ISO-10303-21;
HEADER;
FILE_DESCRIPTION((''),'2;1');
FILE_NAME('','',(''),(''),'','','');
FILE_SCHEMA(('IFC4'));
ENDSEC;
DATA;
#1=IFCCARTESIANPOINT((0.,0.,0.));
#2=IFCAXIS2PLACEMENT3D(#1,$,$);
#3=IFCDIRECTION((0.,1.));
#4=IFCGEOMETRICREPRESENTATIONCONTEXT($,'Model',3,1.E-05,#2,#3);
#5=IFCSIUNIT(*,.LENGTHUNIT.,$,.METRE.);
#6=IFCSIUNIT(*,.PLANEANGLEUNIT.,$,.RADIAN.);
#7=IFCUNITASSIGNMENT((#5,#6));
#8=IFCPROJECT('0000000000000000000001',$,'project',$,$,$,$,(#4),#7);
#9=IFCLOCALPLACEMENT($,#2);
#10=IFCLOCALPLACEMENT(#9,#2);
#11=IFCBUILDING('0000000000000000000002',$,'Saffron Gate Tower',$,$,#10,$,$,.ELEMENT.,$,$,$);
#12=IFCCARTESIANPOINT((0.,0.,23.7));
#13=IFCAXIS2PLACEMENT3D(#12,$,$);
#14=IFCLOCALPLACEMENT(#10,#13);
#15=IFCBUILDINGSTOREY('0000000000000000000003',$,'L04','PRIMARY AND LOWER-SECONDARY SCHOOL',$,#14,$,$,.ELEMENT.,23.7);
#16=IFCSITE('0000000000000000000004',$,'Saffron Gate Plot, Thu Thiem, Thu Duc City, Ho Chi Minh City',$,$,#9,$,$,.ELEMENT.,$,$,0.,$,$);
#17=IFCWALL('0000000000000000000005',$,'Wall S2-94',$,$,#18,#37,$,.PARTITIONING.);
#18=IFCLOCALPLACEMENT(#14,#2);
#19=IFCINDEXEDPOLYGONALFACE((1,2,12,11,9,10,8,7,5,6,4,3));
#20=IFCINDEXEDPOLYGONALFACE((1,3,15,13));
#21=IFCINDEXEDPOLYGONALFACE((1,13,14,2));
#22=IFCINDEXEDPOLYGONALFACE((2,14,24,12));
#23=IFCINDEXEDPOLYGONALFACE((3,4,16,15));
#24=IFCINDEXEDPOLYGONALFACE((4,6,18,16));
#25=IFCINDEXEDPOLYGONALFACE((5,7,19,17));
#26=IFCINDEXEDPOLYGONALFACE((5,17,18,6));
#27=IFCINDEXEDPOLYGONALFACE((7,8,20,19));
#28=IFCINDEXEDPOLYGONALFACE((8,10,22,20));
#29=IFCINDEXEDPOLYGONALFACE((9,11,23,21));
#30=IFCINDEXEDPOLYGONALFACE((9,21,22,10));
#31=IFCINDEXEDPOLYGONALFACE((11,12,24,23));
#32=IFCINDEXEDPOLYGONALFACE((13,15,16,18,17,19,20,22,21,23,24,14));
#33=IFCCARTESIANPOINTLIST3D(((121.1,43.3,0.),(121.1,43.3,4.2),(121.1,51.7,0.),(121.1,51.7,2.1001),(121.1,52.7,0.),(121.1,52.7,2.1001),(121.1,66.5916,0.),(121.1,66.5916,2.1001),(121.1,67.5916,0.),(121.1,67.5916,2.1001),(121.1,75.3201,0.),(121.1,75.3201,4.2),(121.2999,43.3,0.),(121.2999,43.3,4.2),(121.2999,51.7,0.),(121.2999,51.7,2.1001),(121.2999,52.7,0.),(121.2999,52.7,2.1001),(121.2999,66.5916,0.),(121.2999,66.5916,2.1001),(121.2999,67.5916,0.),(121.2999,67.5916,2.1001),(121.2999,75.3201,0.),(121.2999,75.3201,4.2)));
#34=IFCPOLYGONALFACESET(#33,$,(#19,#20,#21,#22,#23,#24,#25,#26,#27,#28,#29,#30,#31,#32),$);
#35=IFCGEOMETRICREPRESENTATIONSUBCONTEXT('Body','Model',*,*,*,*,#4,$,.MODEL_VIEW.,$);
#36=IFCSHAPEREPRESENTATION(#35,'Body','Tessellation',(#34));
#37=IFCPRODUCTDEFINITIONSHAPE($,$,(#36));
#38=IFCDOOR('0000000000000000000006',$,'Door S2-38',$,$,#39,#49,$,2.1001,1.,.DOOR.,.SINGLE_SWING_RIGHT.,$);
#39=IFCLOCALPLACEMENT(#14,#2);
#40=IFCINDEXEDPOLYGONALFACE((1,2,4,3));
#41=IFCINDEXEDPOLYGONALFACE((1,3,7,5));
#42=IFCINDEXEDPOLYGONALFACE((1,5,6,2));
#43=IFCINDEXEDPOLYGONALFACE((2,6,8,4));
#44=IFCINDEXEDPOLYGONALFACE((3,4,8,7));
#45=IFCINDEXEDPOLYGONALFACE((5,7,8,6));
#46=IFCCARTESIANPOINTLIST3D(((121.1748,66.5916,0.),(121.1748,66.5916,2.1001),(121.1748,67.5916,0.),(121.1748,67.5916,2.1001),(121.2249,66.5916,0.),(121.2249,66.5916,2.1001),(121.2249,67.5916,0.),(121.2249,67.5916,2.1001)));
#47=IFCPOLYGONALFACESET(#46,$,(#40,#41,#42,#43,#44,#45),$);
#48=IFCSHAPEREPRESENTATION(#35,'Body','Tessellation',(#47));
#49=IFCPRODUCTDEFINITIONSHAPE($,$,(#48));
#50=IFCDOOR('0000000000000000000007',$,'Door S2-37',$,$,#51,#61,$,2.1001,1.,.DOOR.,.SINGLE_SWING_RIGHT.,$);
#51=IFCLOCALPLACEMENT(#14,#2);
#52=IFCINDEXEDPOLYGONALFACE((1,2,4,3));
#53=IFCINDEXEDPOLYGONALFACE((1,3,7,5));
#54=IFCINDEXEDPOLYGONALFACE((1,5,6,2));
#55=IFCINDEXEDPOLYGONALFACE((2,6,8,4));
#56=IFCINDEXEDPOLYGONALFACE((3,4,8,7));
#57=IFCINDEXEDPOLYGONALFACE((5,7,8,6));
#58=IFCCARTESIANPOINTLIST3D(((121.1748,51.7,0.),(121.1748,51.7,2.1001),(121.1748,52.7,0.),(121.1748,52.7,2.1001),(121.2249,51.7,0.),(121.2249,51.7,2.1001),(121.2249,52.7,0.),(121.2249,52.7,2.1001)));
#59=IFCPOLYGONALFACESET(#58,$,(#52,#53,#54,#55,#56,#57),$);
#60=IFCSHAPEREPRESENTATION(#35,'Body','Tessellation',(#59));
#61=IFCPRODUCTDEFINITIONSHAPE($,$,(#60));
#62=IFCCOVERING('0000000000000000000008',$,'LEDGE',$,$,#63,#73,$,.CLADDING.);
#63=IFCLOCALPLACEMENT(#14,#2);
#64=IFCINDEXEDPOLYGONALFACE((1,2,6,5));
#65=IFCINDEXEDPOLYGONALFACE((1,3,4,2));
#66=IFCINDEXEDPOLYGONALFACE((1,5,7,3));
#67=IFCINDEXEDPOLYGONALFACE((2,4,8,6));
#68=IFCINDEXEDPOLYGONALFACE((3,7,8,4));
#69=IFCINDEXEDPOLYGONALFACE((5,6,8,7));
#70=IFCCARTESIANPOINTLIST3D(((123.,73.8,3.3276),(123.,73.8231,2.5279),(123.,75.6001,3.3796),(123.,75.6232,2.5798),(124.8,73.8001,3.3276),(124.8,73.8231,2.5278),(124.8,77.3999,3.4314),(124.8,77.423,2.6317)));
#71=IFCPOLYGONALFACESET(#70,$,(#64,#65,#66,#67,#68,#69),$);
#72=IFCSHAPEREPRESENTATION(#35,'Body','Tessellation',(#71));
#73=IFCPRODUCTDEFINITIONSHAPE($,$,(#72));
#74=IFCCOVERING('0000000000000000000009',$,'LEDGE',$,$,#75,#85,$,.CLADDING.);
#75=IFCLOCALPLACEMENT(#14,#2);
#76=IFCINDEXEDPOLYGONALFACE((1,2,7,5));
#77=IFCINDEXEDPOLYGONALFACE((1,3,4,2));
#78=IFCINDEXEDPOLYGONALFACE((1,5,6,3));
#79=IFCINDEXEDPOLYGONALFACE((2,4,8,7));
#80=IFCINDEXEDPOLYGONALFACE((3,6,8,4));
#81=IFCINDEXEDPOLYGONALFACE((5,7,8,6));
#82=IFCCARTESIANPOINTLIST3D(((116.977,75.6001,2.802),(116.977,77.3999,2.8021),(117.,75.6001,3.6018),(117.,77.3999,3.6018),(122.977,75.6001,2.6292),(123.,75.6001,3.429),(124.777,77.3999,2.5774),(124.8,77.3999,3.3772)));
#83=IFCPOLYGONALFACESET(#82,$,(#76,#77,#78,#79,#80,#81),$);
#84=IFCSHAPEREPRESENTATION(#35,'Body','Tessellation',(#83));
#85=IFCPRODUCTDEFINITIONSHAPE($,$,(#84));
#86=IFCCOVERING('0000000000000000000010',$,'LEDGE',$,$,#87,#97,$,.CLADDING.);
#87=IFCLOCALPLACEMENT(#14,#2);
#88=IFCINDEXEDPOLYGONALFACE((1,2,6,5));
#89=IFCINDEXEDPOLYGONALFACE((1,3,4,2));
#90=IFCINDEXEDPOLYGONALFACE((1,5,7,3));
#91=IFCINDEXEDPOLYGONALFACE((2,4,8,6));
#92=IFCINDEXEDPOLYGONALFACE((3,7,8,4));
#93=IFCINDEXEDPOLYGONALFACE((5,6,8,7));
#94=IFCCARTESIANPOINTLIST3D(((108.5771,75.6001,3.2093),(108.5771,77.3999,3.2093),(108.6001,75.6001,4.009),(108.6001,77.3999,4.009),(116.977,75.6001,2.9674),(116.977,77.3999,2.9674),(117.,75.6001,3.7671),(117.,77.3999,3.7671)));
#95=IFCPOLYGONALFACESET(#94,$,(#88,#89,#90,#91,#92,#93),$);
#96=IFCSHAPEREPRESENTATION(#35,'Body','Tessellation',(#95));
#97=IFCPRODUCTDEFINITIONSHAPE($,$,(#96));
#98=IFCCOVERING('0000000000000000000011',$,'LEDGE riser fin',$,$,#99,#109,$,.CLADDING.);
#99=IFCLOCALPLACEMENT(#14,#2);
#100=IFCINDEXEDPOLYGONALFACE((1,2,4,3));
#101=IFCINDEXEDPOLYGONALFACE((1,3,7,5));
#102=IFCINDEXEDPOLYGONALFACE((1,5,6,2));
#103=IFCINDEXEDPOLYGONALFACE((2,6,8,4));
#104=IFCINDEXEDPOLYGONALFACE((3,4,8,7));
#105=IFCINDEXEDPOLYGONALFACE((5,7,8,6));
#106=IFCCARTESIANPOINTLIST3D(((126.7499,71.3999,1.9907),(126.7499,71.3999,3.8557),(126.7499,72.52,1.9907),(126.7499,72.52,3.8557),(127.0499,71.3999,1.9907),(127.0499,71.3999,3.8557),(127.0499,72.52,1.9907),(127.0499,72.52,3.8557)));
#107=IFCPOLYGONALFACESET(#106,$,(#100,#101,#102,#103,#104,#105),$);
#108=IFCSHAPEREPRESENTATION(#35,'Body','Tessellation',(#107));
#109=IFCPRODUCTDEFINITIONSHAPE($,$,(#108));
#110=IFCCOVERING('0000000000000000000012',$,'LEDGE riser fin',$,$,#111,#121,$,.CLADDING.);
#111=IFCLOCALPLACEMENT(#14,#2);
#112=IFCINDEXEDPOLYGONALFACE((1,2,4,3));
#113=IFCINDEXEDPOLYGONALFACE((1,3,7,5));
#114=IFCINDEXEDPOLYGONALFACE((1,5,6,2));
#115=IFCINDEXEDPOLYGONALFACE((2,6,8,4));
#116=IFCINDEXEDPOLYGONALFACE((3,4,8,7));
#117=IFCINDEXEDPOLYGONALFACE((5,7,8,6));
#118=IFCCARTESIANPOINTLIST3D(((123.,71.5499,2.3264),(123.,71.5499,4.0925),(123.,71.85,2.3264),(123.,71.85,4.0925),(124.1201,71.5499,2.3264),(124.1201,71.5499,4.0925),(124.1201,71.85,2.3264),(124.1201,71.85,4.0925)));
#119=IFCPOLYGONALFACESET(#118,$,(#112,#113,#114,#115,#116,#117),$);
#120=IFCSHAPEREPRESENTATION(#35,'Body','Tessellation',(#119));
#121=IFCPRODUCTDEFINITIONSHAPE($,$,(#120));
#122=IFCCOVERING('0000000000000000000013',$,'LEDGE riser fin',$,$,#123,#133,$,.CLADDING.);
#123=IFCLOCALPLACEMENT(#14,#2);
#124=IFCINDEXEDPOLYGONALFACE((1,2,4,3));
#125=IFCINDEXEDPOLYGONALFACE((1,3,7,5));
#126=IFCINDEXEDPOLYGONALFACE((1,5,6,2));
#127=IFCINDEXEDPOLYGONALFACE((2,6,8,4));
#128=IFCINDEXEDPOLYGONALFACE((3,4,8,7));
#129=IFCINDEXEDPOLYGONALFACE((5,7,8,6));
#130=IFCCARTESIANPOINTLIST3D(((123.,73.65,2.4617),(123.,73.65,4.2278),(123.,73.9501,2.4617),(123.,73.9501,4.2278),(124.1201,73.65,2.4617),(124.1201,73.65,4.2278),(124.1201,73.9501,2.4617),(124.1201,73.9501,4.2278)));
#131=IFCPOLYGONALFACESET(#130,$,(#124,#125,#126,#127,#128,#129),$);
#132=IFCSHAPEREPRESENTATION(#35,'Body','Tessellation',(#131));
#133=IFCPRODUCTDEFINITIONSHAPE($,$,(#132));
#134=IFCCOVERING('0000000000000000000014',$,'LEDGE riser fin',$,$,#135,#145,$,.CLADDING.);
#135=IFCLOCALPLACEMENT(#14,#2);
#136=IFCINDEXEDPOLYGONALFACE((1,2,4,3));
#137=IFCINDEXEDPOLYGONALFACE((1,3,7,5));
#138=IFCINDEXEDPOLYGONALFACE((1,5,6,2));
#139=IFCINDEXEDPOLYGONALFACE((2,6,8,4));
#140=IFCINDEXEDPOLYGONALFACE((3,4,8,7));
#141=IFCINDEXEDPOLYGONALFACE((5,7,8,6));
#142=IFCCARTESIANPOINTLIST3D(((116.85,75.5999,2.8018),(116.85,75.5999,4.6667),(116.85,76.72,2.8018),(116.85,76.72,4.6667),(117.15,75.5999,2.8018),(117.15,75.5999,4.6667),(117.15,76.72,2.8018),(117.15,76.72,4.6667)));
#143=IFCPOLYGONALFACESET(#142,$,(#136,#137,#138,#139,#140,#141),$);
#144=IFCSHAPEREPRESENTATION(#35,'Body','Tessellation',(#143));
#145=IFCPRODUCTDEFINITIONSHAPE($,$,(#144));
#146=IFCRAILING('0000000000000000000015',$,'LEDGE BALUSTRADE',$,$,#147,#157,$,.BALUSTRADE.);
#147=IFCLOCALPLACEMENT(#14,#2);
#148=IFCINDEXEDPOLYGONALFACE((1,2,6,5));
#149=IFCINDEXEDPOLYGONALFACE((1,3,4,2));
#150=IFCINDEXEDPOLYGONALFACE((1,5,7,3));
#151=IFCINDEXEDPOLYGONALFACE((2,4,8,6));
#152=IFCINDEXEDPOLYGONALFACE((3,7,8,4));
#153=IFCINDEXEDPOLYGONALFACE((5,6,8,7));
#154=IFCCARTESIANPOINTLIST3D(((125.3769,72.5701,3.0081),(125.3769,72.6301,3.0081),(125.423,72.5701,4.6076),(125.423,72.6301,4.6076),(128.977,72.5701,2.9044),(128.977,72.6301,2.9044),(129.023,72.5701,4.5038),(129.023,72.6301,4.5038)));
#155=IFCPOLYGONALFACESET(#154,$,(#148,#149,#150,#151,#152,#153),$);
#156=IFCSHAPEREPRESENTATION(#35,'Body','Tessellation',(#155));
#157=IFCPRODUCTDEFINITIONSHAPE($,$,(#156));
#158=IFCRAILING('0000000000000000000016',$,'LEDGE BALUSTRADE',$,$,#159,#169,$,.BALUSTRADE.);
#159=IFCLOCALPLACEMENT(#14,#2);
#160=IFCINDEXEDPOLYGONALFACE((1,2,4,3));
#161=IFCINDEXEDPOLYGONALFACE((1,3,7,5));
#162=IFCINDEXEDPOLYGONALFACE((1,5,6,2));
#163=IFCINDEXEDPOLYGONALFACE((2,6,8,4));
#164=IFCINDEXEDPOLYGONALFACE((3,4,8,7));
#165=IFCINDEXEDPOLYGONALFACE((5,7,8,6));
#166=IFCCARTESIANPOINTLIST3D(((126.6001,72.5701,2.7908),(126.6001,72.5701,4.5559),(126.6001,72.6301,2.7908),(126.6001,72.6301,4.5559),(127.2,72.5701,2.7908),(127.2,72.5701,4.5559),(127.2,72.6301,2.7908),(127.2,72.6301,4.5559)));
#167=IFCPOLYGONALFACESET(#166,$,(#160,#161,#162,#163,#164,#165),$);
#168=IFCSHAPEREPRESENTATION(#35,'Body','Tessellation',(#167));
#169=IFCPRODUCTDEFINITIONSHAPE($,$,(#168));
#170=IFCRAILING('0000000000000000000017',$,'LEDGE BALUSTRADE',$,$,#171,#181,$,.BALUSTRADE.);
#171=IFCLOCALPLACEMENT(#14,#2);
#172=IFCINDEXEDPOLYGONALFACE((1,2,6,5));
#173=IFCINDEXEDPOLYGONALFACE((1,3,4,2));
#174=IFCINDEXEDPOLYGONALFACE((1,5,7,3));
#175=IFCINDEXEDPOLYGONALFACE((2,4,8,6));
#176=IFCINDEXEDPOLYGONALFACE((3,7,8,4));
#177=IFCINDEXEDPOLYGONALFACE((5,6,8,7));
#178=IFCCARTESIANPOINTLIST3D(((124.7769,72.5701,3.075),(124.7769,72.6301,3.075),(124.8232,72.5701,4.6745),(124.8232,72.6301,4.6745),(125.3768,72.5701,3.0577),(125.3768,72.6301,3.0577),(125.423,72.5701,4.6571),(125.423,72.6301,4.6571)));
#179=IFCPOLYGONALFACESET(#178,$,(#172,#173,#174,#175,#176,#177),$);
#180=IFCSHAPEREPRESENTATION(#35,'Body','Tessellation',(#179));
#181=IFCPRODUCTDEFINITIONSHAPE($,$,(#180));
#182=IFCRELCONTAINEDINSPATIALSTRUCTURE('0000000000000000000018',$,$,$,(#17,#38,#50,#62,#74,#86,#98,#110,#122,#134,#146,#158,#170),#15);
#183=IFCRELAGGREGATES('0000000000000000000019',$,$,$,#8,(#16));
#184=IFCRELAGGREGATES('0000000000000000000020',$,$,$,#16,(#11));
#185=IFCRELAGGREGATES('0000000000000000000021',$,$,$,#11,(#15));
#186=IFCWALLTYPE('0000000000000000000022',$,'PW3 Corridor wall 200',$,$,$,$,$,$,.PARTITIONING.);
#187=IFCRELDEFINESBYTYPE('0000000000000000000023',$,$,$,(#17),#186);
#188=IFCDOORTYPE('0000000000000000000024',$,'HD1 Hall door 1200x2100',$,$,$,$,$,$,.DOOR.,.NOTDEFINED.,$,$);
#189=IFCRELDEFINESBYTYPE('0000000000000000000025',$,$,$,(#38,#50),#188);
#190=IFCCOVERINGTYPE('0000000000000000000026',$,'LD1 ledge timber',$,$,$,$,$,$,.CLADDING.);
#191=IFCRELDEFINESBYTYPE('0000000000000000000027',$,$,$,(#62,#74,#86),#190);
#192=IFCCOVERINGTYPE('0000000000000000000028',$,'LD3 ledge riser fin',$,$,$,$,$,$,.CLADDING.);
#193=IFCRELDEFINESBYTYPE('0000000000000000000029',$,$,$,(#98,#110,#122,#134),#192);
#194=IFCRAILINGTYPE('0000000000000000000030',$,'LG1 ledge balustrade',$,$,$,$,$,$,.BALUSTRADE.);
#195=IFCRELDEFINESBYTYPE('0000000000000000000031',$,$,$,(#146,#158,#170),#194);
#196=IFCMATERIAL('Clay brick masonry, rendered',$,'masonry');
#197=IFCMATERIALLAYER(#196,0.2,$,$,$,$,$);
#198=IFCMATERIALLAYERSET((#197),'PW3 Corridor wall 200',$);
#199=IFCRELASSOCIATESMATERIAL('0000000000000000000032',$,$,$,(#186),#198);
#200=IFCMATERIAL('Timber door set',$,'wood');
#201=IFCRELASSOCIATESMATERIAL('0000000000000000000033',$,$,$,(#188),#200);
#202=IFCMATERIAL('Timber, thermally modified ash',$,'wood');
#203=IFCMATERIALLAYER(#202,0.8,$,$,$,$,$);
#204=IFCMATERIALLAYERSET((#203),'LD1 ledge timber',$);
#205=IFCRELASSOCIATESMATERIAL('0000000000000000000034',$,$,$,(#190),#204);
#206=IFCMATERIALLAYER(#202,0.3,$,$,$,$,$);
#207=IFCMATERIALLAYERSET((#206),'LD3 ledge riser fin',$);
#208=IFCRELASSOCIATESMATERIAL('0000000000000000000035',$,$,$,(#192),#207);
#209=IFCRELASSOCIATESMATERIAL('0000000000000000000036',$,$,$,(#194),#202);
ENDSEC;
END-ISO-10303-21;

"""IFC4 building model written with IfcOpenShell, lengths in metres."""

from ifc_helpers import new_model, si_unit, direction, frame, frame_2d, origin, origin_2d, place, context, subcontext, project, spatial, polyline, rectangle, outline, extrude, material, layer, layer_set, type_object, element, fill, save


model = new_model("IFC4")

# Units and contexts
model_context = context("Model", 3, precision=1e-05, world=origin(), true_north=direction((0.0, 1.0)))
body_context = subcontext(model_context, "Body", "Model", "MODEL_VIEW")
ifc_project = project(units=[si_unit("LENGTHUNIT", "METRE"), si_unit("PLANEANGLEUNIT", "RADIAN")], contexts=[model_context])

# Site, building, storey
site_placement = place(None, origin())
site = spatial("IfcSite", under=ifc_project, at=site_placement, Name="Saffron Gate Plot, Thu Thiem, Thu Duc City, Ho Chi Minh City", CompositionType="ELEMENT", RefElevation=0.0)
building_placement = place(site_placement, origin())
building = spatial("IfcBuilding", under=site, at=building_placement, Name="Saffron Gate Tower", CompositionType="ELEMENT")
storey_placement = place(building_placement, frame((0.0, 0.0, 23.7)))
storey = spatial("IfcBuildingStorey", under=building, at=storey_placement, Name="L04", Description="PRIMARY AND LOWER-SECONDARY SCHOOL", CompositionType="ELEMENT", Elevation=23.7)

# Shared definitions
ifc_material_1 = material(Name="Clay brick masonry, rendered", Category="masonry")
ifc_layer_1 = layer(ifc_material_1, 0.2)
ifc_layer_set_1 = layer_set([ifc_layer_1], Name="PW3 Corridor wall 200")
wall_type = type_object("IfcWallType", Name="PW3 Corridor wall 200", PredefinedType="PARTITIONING", material=ifc_layer_set_1)

# Wall, openings, doors
wall_1_placement = place(storey_placement, frame((121.2, 75.3201, 0.0), z_axis=(0.0, 0.0, 1.0), x_axis=(0.0, -1.0, 0.0)))
wall_1 = element("IfcWall", 1, at=wall_1_placement, inside=storey, type_object=wall_type, Name="Wall S2-94", PredefinedType="PARTITIONING", context=body_context, shape_type="SweptSolid", body=[
    extrude(rectangle(XDim=32.02, YDim=0.2, at=frame_2d((16.01, 0.0))), origin(), (0.0, 0.0, 1.0), 4.2),
])
opening_1_placement = place(wall_1_placement, frame((7.7285, 0.0, 0.0)))
opening_1 = element("IfcOpeningElement", 2, at=opening_1_placement, cuts=wall_1, PredefinedType="OPENING", context=body_context, shape_type="SweptSolid", body=[
    extrude(rectangle(XDim=1.0, YDim=2.1001, at=frame_2d((0.5, 1.05))), frame((0.0, 0.1099, 0.0), z_axis=(0.0, -1.0, 0.0), x_axis=(1.0, 0.0, 0.0)), (0.0, 0.0, 1.0), 0.22),
])
opening_2_placement = place(wall_1_placement, frame((22.6201, 0.0, 0.0)))
opening_2 = element("IfcOpeningElement", 3, at=opening_2_placement, cuts=wall_1, PredefinedType="OPENING", context=body_context, shape_type="SweptSolid", body=[
    extrude(rectangle(XDim=1.0, YDim=2.1001, at=frame_2d((0.5, 1.05))), frame((0.0, 0.1099, 0.0), z_axis=(0.0, -1.0, 0.0), x_axis=(1.0, 0.0, 0.0)), (0.0, 0.0, 1.0), 0.22),
])
ifc_material_2 = material(Name="Timber door set", Category="wood")
door_type = type_object("IfcDoorType", Name="HD1 Hall door 1200x2100", OperationType="NOTDEFINED", PredefinedType="DOOR", material=ifc_material_2)
door_1_placement = place(opening_1_placement, origin())
door_1 = element("IfcDoor", 4, at=door_1_placement, inside=storey, type_object=door_type, Name="Door S2-38", OperationType="SINGLE_SWING_RIGHT", OverallHeight=2.1001, OverallWidth=1.0, PredefinedType="DOOR", context=body_context, shape_type="SweptSolid", body=[
    extrude(rectangle(XDim=1.0, YDim=2.1001, at=frame_2d((0.5, 1.05))), frame((0.0, 0.0249, 0.0), z_axis=(0.0, -1.0, 0.0), x_axis=(1.0, 0.0, 0.0)), (0.0, 0.0, 1.0), 0.05),
])
fill(opening_1, door_1)
door_2_placement = place(opening_2_placement, origin())
door_2 = element("IfcDoor", 5, at=door_2_placement, inside=storey, type_object=door_type, Name="Door S2-37", OperationType="SINGLE_SWING_RIGHT", OverallHeight=2.1001, OverallWidth=1.0, PredefinedType="DOOR", context=body_context, shape_type="SweptSolid", body=[
    extrude(rectangle(XDim=1.0, YDim=2.1001, at=frame_2d((0.5, 1.05))), frame((0.0, 0.0249, 0.0), z_axis=(0.0, -1.0, 0.0), x_axis=(1.0, 0.0, 0.0)), (0.0, 0.0, 1.0), 0.05),
])
fill(opening_2, door_2)

# Coverings
ifc_material_3 = material(Name="Timber, thermally modified ash", Category="wood")
ifc_layer_2 = layer(ifc_material_3, 0.8)
ifc_layer_set_2 = layer_set([ifc_layer_2], Name="LD1 ledge timber")
covering_type_1 = type_object("IfcCoveringType", Name="LD1 ledge timber", PredefinedType="CLADDING", material=ifc_layer_set_2)
covering_1_placement = place(storey_placement, frame((123.0, 73.8, 3.3276), z_axis=(0.000044, -0.028833, 0.999584), x_axis=(0.0, 0.999584, 0.028833)))
element("IfcCovering", 6, at=covering_1_placement, inside=storey, type_object=covering_type_1, Name="LEDGE", PredefinedType="CLADDING", context=body_context, shape_type="SweptSolid", body=[
    extrude(outline(polyline([(0.0, 0.0), (1.8008, 0.0), (3.6013, -1.8), (0.0, -1.8), (0.0, 0.0)])), origin(), (0.0, 0.0, -1.0), 0.8),
])
covering_2_placement = place(storey_placement, frame((123.0, 75.6001, 3.429), z_axis=(0.028789, -0.000024, 0.999585), x_axis=(-0.999585, 0.0, 0.028789)))
element("IfcCovering", 7, at=covering_2_placement, inside=storey, type_object=covering_type_1, Name="LEDGE", PredefinedType="CLADDING", context=body_context, shape_type="SweptSolid", body=[
    extrude(outline(polyline([(0.0, 0.0), (6.0025, 0.0), (6.0025, -1.7998), (-1.8008, -1.7998), (0.0, 0.0)])), origin(), (0.0, 0.0, -1.0), 0.8),
])
covering_3_placement = place(storey_placement, frame((117.0, 75.6001, 3.7671), z_axis=(0.028791, 0.0, 0.999585), x_axis=(-0.999585, 0.0, 0.028791)))
element("IfcCovering", 8, at=covering_3_placement, inside=storey, type_object=covering_type_1, Name="LEDGE", PredefinedType="CLADDING", context=body_context, shape_type="SweptSolid", body=[
    extrude(outline(polyline([(0.0, 0.0), (8.4034, 0.0), (8.4034, -1.7998), (0.0, -1.7998), (0.0, 0.0)])), origin(), (0.0, 0.0, -1.0), 0.8),
])
ifc_layer_3 = layer(ifc_material_3, 0.3)
ifc_layer_set_3 = layer_set([ifc_layer_3], Name="LD3 ledge riser fin")
covering_type_2 = type_object("IfcCoveringType", Name="LD3 ledge riser fin", PredefinedType="CLADDING", material=ifc_layer_set_3)
covering_4_placement = place(storey_placement, frame((126.8999, 71.96, 1.9907), z_axis=(0.0, 0.0, 1.0), x_axis=(-1.0, 0.0, 0.0)))
element("IfcCovering", 9, at=covering_4_placement, inside=storey, type_object=covering_type_2, Name="LEDGE riser fin", PredefinedType="CLADDING", context=body_context, shape_type="SweptSolid", body=[
    extrude(rectangle(XDim=0.3, YDim=1.1201, at=origin_2d()), origin(), (0.0, 0.0, 1.0), 1.865),
])
for number, where, z_axis, x_axis, name in (
    (10, (123.5601, 71.7, 2.3264), (0.0, 0.0, 1.0), (0.0, 1.0, 0.0), "LEDGE riser fin"),
    (11, (123.5601, 73.8, 2.4617), (0.0, 0.0, 1.0), (0.0, 1.0, 0.0), "LEDGE riser fin"),
):
    element("IfcCovering", number, at=place(storey_placement, frame(where, z_axis=z_axis, x_axis=x_axis)), inside=storey, type_object=covering_type_2, Name=name, PredefinedType="CLADDING", context=body_context, shape_type="SweptSolid", body=[
        extrude(rectangle(XDim=0.3, YDim=1.1201, at=origin_2d()), origin(), (0.0, 0.0, 1.0), 1.7661),
    ])
covering_5_placement = place(storey_placement, frame((117.0, 76.1599, 2.8018), z_axis=(0.0, 0.0, 1.0), x_axis=(-1.0, 0.0, 0.0)))
element("IfcCovering", 12, at=covering_5_placement, inside=storey, type_object=covering_type_2, Name="LEDGE riser fin", PredefinedType="CLADDING", context=body_context, shape_type="SweptSolid", body=[
    extrude(rectangle(XDim=0.3, YDim=1.1201, at=origin_2d()), origin(), (0.0, 0.0, 1.0), 1.865),
])

# Railings
railing_type = type_object("IfcRailingType", Name="LG1 ledge balustrade", PredefinedType="BALUSTRADE", material=ifc_material_3)
railing_1_placement = place(storey_placement, frame((129.0, 72.6001, 2.9041)))
element("IfcRailing", 13, at=railing_1_placement, inside=storey, type_object=railing_type, Name="LEDGE BALUSTRADE", PredefinedType="BALUSTRADE", context=body_context, shape_type="SweptSolid", body=[
    extrude(rectangle(XDim=0.0601, YDim=1.6001, at=origin_2d()), frame((0.0, 0.0, 0.8), z_axis=(-0.999585, 0.0, 0.028809), x_axis=(0.0, -1.0, 0.0)), (0.0, 0.0, 1.0), 3.6016),
])
railing_2_placement = place(storey_placement, frame((127.2, 72.6001, 2.7908)))
element("IfcRailing", 14, at=railing_2_placement, inside=storey, type_object=railing_type, Name="LEDGE BALUSTRADE", PredefinedType="BALUSTRADE", context=body_context, shape_type="SweptSolid", body=[
    extrude(rectangle(XDim=0.0601, YDim=1.7651, at=origin_2d()), frame((0.0, 0.0, 0.8826), z_axis=(-1.0, 0.0, 0.0), x_axis=(0.0, -1.0, 0.0)), (0.0, 0.0, 1.0), 0.5999),
])
railing_3_placement = place(storey_placement, frame((125.3999, 72.6001, 3.0574)))
element("IfcRailing", 15, at=railing_3_placement, inside=storey, type_object=railing_type, Name="LEDGE BALUSTRADE", PredefinedType="BALUSTRADE", context=body_context, shape_type="SweptSolid", body=[
    extrude(rectangle(XDim=0.0601, YDim=1.6001, at=origin_2d()), frame((0.0, 0.0, 0.8), z_axis=(-0.999583, 0.0, 0.028885), x_axis=(0.0, -1.0, 0.0)), (0.0, 0.0, 1.0), 0.6001),
])

save(model, "model.ifc")
